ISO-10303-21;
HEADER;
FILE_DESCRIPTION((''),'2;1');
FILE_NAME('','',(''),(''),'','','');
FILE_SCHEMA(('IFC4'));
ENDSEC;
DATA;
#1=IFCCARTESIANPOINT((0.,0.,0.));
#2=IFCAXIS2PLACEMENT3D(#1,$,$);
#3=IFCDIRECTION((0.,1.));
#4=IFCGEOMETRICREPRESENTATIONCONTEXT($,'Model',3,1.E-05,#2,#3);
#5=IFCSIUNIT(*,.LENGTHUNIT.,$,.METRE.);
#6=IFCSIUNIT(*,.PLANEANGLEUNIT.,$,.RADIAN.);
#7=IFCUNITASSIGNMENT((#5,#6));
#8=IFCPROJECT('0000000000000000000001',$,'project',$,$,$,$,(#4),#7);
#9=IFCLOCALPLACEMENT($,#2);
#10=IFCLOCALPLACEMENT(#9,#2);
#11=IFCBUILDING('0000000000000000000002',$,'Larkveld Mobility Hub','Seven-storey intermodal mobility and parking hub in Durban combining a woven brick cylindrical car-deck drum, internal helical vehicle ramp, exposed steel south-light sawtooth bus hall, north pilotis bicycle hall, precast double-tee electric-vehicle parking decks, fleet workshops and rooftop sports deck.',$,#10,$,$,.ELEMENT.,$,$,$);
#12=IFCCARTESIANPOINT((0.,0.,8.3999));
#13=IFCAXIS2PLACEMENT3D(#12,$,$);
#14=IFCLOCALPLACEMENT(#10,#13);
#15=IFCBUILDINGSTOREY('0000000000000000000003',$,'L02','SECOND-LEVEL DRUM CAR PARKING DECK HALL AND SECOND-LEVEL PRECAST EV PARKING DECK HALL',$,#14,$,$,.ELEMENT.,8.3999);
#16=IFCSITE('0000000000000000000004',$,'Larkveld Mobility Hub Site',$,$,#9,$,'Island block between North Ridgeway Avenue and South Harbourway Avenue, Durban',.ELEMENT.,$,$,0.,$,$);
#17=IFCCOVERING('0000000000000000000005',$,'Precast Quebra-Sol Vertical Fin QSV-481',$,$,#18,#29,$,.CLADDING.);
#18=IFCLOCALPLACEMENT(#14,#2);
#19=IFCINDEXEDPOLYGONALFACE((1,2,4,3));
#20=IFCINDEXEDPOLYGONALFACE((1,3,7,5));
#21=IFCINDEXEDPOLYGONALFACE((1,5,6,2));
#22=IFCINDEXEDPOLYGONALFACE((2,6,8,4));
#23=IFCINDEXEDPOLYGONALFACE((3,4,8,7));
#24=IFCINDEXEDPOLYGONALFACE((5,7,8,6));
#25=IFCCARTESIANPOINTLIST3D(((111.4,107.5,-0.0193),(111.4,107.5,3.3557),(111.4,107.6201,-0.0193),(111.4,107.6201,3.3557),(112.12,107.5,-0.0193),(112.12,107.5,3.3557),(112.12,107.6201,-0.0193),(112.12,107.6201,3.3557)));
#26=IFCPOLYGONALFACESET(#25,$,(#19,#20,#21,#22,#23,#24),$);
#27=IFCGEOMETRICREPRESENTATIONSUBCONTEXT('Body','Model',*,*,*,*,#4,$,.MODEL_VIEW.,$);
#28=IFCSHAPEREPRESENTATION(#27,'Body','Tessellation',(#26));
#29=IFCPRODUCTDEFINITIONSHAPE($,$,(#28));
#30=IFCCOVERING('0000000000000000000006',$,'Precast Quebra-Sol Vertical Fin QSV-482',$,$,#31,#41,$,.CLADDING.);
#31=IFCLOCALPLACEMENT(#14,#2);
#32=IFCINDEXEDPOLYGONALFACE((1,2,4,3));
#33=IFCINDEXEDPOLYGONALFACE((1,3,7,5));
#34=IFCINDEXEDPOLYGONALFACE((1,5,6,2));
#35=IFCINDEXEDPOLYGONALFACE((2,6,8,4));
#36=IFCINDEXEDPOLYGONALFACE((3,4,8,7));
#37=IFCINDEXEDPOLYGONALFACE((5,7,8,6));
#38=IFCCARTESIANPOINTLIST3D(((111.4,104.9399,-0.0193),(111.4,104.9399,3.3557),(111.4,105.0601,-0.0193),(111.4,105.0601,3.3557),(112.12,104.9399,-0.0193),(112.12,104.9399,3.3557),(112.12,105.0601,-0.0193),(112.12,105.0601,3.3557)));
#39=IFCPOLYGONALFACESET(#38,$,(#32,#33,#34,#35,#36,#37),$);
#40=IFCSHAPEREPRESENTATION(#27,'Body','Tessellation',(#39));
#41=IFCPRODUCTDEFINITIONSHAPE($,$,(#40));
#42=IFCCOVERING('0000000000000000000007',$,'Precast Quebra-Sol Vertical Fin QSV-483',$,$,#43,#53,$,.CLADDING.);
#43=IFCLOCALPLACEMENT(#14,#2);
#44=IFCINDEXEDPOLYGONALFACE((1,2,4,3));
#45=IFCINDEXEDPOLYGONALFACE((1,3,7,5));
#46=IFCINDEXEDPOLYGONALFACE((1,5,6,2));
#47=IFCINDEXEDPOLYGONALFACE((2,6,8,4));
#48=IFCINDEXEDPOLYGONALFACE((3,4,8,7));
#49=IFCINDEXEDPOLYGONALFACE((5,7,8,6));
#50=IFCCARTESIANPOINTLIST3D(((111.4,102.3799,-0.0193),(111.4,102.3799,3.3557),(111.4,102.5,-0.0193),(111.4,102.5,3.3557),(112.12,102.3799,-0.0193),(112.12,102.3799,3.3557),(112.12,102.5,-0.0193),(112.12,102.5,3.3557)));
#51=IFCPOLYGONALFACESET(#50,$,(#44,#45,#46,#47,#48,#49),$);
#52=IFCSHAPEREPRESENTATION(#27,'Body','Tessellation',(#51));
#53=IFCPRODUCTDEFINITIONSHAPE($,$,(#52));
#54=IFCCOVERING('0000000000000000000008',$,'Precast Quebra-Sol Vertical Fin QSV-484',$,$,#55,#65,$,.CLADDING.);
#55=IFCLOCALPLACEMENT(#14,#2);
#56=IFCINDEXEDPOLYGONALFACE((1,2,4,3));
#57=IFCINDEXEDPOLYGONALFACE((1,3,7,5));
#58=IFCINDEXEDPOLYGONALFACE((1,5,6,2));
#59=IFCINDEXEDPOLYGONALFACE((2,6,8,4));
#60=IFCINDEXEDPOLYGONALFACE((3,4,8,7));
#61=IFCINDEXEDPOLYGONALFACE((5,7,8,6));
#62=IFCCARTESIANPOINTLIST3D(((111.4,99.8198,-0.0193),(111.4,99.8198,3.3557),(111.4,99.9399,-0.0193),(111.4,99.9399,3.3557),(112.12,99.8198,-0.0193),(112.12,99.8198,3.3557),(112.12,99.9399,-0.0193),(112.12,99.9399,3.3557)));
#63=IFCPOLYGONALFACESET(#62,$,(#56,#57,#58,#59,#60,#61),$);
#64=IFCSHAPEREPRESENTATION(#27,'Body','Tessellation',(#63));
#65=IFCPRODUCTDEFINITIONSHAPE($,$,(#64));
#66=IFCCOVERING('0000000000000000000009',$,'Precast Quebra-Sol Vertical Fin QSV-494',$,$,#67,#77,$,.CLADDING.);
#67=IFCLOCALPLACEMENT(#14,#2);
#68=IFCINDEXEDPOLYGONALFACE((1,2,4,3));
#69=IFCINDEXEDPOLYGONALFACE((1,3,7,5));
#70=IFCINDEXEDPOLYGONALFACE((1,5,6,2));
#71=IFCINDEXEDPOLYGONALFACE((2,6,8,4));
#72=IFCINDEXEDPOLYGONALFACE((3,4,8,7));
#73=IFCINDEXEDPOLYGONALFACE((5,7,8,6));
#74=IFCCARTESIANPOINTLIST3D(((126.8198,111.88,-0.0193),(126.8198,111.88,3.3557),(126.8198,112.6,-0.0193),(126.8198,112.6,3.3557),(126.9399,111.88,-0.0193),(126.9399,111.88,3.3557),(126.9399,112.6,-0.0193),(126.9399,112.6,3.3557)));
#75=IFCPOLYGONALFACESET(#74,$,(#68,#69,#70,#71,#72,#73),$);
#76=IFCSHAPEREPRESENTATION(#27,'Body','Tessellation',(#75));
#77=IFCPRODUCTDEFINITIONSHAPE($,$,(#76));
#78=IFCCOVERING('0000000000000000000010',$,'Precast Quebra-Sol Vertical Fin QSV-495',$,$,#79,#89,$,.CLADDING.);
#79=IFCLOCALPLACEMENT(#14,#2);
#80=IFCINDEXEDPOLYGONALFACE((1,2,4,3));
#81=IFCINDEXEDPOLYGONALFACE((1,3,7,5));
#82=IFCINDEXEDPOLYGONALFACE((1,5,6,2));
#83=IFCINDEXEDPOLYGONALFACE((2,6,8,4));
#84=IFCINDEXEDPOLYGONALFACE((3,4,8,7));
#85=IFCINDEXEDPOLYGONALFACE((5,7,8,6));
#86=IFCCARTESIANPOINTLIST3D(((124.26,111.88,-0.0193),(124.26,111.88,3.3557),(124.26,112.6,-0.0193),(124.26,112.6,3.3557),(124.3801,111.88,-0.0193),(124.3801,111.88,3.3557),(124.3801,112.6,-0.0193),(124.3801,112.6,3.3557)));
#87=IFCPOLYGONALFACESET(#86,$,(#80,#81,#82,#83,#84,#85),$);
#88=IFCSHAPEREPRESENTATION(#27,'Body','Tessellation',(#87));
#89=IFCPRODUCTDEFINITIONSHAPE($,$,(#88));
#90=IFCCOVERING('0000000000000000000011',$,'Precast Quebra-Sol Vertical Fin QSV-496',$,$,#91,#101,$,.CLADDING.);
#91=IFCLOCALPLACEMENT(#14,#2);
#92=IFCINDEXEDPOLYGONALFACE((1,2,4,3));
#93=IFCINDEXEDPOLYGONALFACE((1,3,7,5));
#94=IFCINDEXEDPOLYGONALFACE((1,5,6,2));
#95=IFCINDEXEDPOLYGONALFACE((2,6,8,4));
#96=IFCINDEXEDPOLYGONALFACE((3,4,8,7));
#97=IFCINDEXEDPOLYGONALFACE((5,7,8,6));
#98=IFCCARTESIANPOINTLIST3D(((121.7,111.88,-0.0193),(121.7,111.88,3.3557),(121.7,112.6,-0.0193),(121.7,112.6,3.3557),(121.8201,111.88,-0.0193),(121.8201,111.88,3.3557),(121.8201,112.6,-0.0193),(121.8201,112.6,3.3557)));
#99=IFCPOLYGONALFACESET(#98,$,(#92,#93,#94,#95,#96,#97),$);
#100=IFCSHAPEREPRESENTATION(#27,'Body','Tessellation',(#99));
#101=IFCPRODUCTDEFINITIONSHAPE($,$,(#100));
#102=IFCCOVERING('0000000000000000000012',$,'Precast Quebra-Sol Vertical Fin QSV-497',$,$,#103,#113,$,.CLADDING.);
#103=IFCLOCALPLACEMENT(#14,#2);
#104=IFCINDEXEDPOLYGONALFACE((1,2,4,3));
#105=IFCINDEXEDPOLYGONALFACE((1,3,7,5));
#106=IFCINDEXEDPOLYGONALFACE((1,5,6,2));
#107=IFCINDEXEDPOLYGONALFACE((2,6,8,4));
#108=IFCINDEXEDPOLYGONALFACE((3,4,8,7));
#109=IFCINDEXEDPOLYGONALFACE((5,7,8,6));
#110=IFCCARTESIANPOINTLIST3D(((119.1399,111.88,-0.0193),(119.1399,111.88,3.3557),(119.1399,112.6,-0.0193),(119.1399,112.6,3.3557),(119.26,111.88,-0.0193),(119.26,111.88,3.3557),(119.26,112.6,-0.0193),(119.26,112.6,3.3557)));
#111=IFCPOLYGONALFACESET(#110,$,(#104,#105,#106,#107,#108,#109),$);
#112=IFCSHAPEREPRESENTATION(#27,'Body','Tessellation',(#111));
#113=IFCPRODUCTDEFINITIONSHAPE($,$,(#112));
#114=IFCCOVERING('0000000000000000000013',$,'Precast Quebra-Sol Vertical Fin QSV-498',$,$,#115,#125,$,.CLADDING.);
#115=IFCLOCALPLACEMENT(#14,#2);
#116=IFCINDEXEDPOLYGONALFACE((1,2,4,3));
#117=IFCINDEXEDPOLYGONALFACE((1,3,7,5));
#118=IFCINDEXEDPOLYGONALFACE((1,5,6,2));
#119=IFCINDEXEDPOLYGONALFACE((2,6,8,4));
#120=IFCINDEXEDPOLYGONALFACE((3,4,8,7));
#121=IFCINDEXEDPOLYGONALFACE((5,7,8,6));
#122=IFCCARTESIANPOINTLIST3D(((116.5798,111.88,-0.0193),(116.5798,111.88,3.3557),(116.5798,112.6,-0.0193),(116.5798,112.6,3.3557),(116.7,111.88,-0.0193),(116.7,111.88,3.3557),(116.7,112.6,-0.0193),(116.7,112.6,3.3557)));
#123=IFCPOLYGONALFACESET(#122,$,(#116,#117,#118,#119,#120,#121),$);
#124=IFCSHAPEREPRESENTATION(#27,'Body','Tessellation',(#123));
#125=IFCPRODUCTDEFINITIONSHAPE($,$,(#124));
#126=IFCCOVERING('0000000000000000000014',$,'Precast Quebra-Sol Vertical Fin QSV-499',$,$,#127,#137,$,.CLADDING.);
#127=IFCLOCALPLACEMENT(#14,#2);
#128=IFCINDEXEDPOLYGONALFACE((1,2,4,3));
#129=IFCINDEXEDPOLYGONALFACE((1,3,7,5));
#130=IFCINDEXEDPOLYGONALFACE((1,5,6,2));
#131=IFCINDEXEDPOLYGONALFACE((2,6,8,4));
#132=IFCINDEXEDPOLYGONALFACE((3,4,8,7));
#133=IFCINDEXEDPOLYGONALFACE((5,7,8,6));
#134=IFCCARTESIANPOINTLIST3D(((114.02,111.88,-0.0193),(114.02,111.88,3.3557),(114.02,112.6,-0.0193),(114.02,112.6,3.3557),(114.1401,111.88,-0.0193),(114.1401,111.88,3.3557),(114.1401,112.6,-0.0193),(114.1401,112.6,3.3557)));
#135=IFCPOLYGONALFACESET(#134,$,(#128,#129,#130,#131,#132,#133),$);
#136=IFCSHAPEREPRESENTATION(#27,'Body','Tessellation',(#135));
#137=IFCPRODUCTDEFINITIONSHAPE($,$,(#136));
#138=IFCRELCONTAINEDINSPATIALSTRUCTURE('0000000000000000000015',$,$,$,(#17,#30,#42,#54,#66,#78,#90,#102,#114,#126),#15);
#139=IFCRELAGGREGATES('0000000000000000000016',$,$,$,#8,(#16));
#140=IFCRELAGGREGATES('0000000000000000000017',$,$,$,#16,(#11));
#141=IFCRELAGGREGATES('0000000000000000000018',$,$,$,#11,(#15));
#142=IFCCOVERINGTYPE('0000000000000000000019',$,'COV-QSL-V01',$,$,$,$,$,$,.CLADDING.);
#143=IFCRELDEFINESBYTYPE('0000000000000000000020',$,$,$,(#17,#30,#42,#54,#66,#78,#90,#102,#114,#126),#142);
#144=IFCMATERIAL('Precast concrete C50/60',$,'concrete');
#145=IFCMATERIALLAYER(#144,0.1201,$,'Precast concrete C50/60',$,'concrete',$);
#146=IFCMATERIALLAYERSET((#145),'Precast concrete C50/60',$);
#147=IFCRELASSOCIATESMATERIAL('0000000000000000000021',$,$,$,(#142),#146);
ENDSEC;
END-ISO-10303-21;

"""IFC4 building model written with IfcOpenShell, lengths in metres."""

from ifc_helpers import new_model, si_unit, direction, frame, origin, origin_2d, place, context, subcontext, project, spatial, rectangle, extrude, material, layer, layer_set, type_object, element, save


model = new_model("IFC4")

# Units and contexts
model_context = context("Model", 3, precision=1e-05, world=origin(), true_north=direction((0.0, 1.0)))
body_context = subcontext(model_context, "Body", "Model", "MODEL_VIEW")
ifc_project = project(units=[si_unit("LENGTHUNIT", "METRE"), si_unit("PLANEANGLEUNIT", "RADIAN")], contexts=[model_context])

# Site, building, storey
site_placement = place(None, origin())
site = spatial("IfcSite", under=ifc_project, at=site_placement, Name="Larkveld Mobility Hub Site", LongName="Island block between North Ridgeway Avenue and South Harbourway Avenue, Durban", CompositionType="ELEMENT", RefElevation=0.0)
building_placement = place(site_placement, origin())
building = spatial("IfcBuilding", under=site, at=building_placement, Name="Larkveld Mobility Hub", Description="Seven-storey intermodal mobility and parking hub in Durban combining a woven brick cylindrical car-deck drum, internal helical vehicle ramp, exposed steel south-light sawtooth bus hall, north pilotis bicycle hall, precast double-tee electric-vehicle parking decks, fleet workshops and rooftop sports deck.", CompositionType="ELEMENT")
storey_placement = place(building_placement, frame((0.0, 0.0, 8.3999)))
storey = spatial("IfcBuildingStorey", under=building, at=storey_placement, Name="L02", Description="SECOND-LEVEL DRUM CAR PARKING DECK HALL AND SECOND-LEVEL PRECAST EV PARKING DECK HALL", CompositionType="ELEMENT", Elevation=8.3999)

# Shared definitions
ifc_material_1 = material(Name="Precast concrete C50/60", Category="concrete")

# Coverings
ifc_layer_1 = layer(ifc_material_1, 0.1201, Name="Precast concrete C50/60", Category="concrete")
ifc_layer_set_1 = layer_set([ifc_layer_1], Name="Precast concrete C50/60")
covering_type = type_object("IfcCoveringType", Name="COV-QSL-V01", PredefinedType="CLADDING", material=ifc_layer_set_1)
for number, where, z_axis, x_axis, name in (
    (1, (111.76, 107.5601, -0.0193), (0.0, 0.0, 1.0), (0.0, -1.0, 0.0), "Precast Quebra-Sol Vertical Fin QSV-481"),
    (2, (111.76, 105.0, -0.0193), (0.0, 0.0, 1.0), (0.0, -1.0, 0.0), "Precast Quebra-Sol Vertical Fin QSV-482"),
    (3, (111.76, 102.4399, -0.0193), (0.0, 0.0, 1.0), (0.0, -1.0, 0.0), "Precast Quebra-Sol Vertical Fin QSV-483"),
    (4, (111.76, 99.8799, -0.0193), (0.0, 0.0, 1.0), (0.0, -1.0, 0.0), "Precast Quebra-Sol Vertical Fin QSV-484"),
    (5, (126.8799, 112.24, -0.0193), (0.0, 0.0, 1.0), (-1.0, 0.0, 0.0), "Precast Quebra-Sol Vertical Fin QSV-494"),
    (6, (124.3201, 112.24, -0.0193), (0.0, 0.0, 1.0), (-1.0, 0.0, 0.0), "Precast Quebra-Sol Vertical Fin QSV-495"),
    (7, (121.76, 112.24, -0.0193), (0.0, 0.0, 1.0), (-1.0, 0.0, 0.0), "Precast Quebra-Sol Vertical Fin QSV-496"),
    (8, (119.2, 112.24, -0.0193), (0.0, 0.0, 1.0), (-1.0, 0.0, 0.0), "Precast Quebra-Sol Vertical Fin QSV-497"),
    (9, (116.6399, 112.24, -0.0193), (0.0, 0.0, 1.0), (-1.0, 0.0, 0.0), "Precast Quebra-Sol Vertical Fin QSV-498"),
    (10, (114.0801, 112.24, -0.0193), (0.0, 0.0, 1.0), (-1.0, 0.0, 0.0), "Precast Quebra-Sol Vertical Fin QSV-499"),
):
    element("IfcCovering", number, at=place(storey_placement, frame(where, z_axis=z_axis, x_axis=x_axis)), inside=storey, type_object=covering_type, Name=name, PredefinedType="CLADDING", context=body_context, shape_type="SweptSolid", body=[
        extrude(rectangle(XDim=0.1201, YDim=0.72, at=origin_2d()), origin(), (0.0, 0.0, 1.0), 3.375),
    ])

save(model, "model.ifc")
